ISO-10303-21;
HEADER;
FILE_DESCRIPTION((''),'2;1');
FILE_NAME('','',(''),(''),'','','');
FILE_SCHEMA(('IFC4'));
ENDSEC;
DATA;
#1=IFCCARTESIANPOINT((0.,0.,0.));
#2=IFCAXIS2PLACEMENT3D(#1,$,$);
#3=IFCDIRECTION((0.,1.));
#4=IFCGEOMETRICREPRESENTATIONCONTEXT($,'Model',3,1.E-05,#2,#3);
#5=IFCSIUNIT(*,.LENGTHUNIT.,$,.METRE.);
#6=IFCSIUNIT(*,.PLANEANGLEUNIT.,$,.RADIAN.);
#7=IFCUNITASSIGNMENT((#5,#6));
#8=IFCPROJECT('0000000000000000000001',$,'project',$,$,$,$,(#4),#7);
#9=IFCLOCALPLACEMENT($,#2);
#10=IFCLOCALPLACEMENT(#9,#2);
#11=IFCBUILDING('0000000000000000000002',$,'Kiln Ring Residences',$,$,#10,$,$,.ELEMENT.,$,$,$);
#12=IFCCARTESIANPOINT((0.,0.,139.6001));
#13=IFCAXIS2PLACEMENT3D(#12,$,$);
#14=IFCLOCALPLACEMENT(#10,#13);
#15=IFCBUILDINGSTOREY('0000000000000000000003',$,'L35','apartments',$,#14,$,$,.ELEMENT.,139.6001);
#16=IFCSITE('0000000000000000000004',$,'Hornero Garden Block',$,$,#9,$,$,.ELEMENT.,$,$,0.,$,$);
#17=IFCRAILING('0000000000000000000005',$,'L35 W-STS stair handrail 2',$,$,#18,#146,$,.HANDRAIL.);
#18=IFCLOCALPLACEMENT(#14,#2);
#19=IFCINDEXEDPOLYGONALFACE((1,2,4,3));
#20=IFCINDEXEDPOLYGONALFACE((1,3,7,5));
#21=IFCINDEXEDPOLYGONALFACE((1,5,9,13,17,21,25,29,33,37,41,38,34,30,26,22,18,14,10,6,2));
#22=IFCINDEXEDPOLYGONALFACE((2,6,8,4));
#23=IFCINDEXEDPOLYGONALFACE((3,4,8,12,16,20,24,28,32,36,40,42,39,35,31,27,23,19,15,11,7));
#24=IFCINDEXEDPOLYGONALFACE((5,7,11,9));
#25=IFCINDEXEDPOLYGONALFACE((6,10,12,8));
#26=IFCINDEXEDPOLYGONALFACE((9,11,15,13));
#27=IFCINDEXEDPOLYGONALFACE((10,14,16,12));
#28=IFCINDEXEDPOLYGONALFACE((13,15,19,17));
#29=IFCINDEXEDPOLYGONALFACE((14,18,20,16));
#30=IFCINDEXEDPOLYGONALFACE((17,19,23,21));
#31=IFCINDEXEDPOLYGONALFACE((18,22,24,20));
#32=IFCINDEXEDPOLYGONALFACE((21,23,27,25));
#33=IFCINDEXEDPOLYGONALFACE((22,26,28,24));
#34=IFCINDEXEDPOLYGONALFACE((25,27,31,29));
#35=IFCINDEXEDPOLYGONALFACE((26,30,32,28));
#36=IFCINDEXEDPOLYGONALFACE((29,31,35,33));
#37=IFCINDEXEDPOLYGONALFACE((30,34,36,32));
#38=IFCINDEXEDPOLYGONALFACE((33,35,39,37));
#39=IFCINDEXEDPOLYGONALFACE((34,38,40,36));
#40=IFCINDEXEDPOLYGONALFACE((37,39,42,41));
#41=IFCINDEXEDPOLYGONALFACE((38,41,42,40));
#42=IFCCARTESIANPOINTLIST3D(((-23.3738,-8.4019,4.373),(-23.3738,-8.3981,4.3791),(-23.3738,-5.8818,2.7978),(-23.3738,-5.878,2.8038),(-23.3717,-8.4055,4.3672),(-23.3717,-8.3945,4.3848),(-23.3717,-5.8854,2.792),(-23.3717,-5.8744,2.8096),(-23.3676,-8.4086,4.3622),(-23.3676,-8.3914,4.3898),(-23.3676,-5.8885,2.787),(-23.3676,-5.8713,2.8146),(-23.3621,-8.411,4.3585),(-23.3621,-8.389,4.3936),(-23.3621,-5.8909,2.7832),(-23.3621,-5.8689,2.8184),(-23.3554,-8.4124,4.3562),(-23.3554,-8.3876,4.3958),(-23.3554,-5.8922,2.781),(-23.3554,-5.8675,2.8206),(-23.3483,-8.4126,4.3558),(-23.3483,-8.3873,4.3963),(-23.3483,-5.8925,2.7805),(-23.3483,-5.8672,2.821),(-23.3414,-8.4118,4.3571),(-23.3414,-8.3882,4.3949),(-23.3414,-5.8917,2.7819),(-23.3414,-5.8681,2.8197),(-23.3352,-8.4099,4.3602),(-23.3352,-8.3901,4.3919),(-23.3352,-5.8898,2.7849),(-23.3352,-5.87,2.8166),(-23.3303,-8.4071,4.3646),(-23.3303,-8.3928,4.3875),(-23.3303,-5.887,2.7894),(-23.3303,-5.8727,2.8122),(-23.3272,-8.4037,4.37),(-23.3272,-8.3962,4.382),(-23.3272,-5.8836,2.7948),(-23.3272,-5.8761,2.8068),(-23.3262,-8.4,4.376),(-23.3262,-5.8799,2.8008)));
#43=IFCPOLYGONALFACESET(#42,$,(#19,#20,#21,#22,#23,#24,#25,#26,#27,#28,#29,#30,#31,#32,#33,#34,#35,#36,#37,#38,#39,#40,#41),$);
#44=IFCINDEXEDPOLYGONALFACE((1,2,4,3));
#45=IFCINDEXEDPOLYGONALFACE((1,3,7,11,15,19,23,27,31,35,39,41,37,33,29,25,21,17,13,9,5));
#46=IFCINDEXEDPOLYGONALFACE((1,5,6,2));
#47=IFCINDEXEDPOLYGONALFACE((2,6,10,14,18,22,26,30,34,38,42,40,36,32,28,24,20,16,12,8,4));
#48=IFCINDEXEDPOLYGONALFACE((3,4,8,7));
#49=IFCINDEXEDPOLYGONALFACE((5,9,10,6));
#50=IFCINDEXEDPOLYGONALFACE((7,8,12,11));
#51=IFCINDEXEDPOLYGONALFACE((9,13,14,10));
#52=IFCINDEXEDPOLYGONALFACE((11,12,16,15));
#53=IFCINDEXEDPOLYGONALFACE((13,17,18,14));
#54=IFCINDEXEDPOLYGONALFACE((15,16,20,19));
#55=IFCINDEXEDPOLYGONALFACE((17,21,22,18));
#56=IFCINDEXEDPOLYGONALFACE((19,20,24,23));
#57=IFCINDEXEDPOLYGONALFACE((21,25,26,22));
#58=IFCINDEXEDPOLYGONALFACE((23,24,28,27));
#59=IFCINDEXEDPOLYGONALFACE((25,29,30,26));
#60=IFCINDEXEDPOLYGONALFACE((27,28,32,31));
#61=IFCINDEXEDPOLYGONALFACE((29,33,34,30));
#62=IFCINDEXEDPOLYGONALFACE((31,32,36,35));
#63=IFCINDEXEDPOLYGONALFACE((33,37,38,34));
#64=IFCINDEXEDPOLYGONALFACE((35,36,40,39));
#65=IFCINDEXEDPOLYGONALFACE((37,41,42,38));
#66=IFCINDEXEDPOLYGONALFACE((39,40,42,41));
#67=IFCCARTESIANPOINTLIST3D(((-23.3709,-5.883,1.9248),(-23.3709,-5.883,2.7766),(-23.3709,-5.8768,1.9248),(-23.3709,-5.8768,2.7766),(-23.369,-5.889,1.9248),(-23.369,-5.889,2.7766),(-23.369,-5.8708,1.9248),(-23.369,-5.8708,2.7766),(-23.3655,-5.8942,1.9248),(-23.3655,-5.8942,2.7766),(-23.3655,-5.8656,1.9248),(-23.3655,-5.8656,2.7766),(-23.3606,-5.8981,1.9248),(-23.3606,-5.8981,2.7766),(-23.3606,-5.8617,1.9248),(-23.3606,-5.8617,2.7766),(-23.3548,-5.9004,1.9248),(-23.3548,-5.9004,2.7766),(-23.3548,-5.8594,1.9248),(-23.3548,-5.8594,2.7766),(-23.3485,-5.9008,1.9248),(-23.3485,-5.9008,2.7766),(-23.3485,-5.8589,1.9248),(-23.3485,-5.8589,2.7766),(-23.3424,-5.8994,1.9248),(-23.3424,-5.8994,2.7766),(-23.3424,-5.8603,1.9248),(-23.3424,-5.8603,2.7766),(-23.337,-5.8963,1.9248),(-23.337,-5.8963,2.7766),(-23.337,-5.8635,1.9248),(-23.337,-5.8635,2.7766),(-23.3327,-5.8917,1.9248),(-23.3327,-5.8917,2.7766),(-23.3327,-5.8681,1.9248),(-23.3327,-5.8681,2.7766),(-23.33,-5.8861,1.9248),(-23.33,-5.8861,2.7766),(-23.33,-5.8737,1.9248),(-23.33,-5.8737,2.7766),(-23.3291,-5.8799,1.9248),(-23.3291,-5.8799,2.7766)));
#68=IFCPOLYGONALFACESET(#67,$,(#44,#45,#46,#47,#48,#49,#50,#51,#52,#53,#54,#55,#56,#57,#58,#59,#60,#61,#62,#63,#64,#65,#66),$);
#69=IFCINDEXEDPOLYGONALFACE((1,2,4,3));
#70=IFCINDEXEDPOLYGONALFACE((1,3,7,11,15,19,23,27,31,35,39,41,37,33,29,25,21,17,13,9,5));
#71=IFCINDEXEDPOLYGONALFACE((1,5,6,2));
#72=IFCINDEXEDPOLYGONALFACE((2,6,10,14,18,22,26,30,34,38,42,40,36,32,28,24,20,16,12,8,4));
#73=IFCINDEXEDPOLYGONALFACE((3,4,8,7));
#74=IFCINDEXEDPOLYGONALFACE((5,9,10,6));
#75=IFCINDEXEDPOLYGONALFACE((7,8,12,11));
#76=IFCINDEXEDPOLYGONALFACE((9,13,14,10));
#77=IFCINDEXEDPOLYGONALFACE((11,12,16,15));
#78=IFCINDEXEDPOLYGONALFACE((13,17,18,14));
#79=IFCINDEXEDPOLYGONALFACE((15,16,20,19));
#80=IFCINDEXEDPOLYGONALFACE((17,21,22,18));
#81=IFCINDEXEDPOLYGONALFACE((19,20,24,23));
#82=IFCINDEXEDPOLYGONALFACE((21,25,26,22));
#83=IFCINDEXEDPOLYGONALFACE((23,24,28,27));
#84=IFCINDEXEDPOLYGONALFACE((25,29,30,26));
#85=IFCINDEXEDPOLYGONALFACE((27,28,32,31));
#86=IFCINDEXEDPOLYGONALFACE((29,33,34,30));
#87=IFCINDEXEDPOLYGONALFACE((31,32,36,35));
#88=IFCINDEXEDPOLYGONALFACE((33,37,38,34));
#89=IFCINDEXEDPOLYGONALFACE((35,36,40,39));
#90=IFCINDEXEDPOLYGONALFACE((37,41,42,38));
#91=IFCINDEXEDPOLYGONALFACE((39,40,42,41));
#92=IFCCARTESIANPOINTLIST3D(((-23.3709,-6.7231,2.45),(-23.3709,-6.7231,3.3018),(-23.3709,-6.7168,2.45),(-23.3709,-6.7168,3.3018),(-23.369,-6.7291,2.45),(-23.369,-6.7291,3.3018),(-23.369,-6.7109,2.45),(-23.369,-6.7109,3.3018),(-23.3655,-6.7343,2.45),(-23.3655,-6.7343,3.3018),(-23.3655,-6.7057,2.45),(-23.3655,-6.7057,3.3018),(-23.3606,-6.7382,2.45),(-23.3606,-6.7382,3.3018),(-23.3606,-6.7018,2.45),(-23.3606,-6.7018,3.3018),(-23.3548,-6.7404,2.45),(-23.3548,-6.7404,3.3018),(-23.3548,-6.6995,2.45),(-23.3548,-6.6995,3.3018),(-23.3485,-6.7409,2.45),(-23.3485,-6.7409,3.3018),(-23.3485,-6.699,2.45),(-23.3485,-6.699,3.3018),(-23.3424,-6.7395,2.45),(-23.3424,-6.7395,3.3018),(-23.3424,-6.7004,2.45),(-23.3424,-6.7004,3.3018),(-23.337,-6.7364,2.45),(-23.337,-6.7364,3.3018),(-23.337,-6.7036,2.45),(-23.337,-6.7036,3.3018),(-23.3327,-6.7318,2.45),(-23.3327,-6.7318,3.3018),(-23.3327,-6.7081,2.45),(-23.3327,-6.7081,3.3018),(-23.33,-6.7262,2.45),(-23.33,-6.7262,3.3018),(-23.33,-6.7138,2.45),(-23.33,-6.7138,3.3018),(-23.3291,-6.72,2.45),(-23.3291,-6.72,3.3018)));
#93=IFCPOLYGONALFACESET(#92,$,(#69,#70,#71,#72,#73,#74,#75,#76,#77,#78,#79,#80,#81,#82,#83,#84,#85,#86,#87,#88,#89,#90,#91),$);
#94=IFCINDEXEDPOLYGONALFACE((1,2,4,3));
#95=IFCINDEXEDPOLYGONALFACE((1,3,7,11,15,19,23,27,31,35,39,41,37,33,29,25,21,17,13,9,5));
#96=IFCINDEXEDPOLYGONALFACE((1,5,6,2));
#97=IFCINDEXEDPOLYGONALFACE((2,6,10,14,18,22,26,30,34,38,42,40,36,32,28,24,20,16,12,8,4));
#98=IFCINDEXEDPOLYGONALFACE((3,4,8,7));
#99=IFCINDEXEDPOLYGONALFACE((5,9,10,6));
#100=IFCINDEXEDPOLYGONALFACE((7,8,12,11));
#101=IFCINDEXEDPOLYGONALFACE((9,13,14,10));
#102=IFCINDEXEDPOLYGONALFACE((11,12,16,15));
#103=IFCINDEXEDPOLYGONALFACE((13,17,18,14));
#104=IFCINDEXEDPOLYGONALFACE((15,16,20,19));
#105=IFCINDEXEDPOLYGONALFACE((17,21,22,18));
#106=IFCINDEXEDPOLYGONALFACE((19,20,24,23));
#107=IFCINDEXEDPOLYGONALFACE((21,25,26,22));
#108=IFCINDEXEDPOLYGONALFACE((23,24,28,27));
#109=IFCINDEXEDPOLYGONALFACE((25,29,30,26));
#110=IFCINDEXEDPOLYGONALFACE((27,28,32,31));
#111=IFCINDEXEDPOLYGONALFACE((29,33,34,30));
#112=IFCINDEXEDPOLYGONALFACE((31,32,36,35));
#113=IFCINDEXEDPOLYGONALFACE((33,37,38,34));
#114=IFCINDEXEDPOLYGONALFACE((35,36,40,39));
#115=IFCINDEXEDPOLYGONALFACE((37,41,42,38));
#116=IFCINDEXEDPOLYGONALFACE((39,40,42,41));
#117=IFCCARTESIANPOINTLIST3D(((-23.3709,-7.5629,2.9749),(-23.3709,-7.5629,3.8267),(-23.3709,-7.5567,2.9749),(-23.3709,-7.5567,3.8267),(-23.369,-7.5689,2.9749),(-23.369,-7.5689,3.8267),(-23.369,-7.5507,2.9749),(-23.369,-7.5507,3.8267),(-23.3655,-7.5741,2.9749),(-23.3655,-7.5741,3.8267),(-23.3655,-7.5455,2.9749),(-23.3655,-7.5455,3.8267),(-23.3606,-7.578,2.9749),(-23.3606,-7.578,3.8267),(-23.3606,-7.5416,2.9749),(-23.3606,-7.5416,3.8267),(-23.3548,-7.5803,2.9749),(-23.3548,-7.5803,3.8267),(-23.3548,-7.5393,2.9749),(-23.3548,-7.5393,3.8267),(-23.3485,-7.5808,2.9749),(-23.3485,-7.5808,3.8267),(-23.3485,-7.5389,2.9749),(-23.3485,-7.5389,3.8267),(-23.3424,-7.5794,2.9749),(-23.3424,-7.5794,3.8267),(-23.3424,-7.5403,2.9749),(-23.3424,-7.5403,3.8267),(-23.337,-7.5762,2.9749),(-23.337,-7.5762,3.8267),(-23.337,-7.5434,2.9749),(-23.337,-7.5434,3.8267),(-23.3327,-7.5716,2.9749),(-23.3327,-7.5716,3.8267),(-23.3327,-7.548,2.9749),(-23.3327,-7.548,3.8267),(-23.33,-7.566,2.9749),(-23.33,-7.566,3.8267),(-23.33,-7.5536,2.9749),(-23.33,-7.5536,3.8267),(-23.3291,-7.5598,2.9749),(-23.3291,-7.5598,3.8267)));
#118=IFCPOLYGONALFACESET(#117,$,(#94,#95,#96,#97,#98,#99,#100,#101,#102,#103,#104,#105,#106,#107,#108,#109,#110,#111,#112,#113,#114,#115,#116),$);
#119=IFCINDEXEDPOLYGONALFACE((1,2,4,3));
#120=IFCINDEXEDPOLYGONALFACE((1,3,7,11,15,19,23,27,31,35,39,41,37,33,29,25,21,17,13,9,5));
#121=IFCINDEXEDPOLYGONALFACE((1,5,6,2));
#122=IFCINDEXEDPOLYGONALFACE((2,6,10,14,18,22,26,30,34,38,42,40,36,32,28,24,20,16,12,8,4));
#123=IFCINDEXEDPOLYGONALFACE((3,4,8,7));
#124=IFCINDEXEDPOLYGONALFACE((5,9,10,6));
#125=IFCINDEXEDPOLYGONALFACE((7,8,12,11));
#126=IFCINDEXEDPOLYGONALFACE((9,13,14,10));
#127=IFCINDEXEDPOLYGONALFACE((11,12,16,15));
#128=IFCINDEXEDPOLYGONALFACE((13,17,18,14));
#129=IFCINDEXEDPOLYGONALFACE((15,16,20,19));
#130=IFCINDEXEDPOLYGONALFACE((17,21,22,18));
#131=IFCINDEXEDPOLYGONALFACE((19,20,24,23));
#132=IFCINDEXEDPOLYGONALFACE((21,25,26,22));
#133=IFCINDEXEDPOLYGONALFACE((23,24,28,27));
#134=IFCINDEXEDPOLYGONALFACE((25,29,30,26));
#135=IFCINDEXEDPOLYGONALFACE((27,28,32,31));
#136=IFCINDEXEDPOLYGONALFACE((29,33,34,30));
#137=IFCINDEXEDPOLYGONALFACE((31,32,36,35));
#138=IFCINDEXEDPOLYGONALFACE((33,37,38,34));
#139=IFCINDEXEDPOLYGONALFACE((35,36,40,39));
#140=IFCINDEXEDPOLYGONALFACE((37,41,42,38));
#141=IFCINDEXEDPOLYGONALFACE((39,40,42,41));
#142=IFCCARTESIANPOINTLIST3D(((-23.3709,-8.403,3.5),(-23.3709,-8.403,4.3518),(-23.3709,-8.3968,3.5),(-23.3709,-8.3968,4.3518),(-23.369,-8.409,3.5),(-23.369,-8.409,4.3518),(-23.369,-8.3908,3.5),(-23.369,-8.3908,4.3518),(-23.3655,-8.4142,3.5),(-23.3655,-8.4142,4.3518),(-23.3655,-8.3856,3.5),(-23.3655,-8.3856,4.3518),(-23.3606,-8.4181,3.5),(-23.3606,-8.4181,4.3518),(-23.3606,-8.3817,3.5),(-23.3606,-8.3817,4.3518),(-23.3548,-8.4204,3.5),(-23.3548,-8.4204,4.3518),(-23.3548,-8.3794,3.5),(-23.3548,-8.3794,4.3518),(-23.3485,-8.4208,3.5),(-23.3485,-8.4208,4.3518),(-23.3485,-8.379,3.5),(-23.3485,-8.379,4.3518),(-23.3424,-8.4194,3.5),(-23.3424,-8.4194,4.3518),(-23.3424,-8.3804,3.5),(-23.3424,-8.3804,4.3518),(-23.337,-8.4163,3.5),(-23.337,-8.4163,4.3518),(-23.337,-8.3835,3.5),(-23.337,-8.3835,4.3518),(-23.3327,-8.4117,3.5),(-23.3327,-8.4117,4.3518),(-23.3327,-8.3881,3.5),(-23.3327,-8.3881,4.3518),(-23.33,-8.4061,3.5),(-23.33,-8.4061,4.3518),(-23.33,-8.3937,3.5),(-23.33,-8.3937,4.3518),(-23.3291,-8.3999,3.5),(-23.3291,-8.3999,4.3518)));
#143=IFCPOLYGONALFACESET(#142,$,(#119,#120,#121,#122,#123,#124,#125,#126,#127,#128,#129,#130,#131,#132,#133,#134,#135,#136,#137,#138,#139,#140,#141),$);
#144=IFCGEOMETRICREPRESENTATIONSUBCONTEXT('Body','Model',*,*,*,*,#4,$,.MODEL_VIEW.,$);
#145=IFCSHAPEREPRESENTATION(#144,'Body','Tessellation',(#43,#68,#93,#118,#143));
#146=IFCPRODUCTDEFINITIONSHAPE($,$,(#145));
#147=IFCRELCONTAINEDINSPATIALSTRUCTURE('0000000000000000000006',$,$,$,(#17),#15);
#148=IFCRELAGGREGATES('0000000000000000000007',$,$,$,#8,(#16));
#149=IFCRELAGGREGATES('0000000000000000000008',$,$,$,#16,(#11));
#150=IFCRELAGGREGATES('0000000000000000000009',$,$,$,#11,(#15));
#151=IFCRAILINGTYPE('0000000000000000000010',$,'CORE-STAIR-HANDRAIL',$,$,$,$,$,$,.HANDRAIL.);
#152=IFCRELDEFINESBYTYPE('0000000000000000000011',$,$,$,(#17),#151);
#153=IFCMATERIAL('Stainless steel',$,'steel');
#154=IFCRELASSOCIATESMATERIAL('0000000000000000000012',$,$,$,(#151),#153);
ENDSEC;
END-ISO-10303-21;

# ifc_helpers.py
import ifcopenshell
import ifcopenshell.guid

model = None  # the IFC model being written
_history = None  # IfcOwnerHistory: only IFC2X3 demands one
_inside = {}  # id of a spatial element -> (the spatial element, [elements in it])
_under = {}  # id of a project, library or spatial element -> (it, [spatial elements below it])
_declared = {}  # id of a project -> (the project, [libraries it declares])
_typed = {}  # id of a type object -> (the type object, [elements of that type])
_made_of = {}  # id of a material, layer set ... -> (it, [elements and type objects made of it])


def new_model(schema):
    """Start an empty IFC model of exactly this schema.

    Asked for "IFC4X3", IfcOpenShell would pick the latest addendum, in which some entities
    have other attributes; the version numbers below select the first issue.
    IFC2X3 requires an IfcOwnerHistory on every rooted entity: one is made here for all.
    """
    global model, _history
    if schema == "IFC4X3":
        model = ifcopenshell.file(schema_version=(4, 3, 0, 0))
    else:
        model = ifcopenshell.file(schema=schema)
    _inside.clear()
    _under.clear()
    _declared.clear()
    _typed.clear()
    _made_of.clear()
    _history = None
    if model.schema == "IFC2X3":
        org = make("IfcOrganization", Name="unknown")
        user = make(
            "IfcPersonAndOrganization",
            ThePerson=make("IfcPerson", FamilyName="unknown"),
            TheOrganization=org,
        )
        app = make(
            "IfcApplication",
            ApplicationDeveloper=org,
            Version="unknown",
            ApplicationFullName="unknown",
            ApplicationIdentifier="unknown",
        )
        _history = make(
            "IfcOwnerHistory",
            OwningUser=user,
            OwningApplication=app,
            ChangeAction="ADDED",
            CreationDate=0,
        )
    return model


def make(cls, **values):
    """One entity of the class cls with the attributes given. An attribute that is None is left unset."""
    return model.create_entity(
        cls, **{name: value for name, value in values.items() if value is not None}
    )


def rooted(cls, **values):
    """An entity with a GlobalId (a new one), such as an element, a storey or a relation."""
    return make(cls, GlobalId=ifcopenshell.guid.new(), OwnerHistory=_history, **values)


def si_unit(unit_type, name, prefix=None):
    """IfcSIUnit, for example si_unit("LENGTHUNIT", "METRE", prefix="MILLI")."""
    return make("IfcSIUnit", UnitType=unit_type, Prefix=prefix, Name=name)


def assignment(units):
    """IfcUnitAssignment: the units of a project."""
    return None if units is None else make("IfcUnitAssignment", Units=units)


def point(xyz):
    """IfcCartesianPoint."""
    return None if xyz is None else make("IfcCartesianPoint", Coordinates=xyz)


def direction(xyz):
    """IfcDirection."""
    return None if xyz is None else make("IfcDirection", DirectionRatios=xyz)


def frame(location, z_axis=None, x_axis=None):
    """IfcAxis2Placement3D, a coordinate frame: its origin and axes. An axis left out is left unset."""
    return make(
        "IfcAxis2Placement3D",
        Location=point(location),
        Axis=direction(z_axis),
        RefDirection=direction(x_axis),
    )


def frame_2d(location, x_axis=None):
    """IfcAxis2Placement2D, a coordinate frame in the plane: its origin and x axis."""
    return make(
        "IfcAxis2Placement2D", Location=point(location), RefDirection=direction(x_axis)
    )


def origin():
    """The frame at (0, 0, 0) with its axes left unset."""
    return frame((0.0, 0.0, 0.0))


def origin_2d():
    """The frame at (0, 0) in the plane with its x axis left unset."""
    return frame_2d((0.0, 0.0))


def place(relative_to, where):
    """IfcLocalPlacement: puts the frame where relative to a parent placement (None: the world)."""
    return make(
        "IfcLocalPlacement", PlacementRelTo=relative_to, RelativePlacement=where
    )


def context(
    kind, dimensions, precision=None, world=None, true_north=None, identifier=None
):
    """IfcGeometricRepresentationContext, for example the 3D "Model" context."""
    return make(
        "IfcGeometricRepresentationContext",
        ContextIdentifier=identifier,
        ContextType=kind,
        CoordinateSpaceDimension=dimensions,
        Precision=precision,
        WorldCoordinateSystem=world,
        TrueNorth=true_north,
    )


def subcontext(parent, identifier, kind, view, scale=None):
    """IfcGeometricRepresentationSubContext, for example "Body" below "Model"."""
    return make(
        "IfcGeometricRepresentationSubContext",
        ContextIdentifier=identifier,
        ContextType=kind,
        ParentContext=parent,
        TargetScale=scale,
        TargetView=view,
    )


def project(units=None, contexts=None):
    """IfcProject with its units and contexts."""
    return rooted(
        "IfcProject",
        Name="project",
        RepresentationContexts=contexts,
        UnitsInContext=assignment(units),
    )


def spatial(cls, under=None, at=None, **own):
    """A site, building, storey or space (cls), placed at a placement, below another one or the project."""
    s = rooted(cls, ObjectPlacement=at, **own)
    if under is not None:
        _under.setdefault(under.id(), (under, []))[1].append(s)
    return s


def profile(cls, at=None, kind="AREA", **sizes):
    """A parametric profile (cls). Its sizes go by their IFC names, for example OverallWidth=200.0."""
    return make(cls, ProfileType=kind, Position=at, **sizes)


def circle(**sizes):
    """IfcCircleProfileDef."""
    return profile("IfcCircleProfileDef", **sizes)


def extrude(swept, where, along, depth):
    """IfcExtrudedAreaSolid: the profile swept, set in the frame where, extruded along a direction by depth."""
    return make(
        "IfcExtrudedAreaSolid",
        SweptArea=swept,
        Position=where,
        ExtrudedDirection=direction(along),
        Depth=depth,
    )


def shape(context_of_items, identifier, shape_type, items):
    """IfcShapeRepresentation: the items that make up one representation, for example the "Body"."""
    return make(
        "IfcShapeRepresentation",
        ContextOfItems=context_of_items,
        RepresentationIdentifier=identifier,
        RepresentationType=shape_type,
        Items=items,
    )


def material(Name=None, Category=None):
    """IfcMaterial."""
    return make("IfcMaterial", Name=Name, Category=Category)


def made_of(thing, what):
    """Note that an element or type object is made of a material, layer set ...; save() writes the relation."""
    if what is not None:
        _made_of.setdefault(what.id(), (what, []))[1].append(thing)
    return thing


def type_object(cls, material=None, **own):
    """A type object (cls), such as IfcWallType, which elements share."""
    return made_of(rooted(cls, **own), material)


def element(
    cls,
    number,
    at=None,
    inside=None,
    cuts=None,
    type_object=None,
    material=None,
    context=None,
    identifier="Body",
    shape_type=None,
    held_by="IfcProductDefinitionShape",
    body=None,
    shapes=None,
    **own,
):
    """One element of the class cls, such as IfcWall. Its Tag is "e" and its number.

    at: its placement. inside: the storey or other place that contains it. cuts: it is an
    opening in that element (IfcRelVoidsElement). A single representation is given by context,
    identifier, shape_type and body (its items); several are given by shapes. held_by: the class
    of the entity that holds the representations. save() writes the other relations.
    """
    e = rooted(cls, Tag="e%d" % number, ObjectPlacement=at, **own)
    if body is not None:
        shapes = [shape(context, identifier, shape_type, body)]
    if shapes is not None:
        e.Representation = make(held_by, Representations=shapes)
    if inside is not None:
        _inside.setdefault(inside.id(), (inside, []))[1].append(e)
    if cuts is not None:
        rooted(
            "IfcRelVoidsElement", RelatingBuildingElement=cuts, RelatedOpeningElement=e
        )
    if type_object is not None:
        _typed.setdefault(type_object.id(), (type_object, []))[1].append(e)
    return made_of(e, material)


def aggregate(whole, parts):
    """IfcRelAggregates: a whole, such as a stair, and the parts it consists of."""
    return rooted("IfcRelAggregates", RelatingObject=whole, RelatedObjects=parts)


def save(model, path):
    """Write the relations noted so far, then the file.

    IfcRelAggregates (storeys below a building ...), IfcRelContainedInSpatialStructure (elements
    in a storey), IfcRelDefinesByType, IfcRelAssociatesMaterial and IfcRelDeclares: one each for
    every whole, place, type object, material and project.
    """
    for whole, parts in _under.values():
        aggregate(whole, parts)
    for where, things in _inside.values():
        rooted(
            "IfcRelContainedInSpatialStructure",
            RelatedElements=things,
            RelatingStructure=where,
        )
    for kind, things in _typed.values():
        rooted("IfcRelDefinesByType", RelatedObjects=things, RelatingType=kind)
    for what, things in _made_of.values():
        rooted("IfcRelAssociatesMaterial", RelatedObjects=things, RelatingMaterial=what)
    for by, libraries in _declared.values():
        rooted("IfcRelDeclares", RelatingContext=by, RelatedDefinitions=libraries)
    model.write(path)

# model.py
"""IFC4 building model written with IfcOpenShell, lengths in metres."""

from ifc_helpers import new_model, si_unit, direction, frame, origin, origin_2d, place, context, subcontext, project, spatial, circle, extrude, material, type_object, element, save


model = new_model("IFC4")

# Units and contexts
model_context = context("Model", 3, precision=1e-05, world=origin(), true_north=direction((0.0, 1.0)))
body_context = subcontext(model_context, "Body", "Model", "MODEL_VIEW")
ifc_project = project(units=[si_unit("LENGTHUNIT", "METRE"), si_unit("PLANEANGLEUNIT", "RADIAN")], contexts=[model_context])

# Site, building, storey
site_placement = place(None, origin())
site = spatial("IfcSite", under=ifc_project, at=site_placement, Name="Hornero Garden Block", CompositionType="ELEMENT", RefElevation=0.0)
building_placement = place(site_placement, origin())
building = spatial("IfcBuilding", under=site, at=building_placement, Name="Kiln Ring Residences", CompositionType="ELEMENT")
storey_placement = place(building_placement, frame((0.0, 0.0, 139.6001)))
storey = spatial("IfcBuildingStorey", under=building, at=storey_placement, Name="L35", Description="apartments", CompositionType="ELEMENT", Elevation=139.6001)

# Railing
ifc_material_1 = material(Name="Stainless steel", Category="steel")
railing_type_1 = type_object("IfcRailingType", Name="CORE-STAIR-HANDRAIL", PredefinedType="HANDRAIL", material=ifc_material_1)
railing_1_placement = place(storey_placement, frame((-23.3501, -5.8799, 1.9248)))
element("IfcRailing", 1, at=railing_1_placement, inside=storey, type_object=railing_type_1, Name="L35 W-STS stair handrail 2", PredefinedType="HANDRAIL", context=body_context, shape_type="SweptSolid", body=[
    extrude(circle(Radius=0.0239, at=origin_2d()), frame((0.0, 0.0, 0.876), z_axis=(0.0, -0.847971, 0.530043), x_axis=(1.0, 0.0, 0.0)), (0.0, 0.0, 1.0), 2.9719),
    extrude(circle(Radius=0.021, at=origin_2d()), origin(), (0.0, 0.0, 1.0), 0.8518),
    extrude(circle(Radius=0.021, at=origin_2d()), frame((0.0, -0.8401, 0.5251)), (0.0, 0.0, 1.0), 0.8518),
    extrude(circle(Radius=0.021, at=origin_2d()), frame((0.0, -1.6799, 1.05)), (0.0, 0.0, 1.0), 0.8518),
    extrude(circle(Radius=0.021, at=origin_2d()), frame((0.0, -2.52, 1.5752)), (0.0, 0.0, 1.0), 0.8518),
])

save(model, "model.ifc")
